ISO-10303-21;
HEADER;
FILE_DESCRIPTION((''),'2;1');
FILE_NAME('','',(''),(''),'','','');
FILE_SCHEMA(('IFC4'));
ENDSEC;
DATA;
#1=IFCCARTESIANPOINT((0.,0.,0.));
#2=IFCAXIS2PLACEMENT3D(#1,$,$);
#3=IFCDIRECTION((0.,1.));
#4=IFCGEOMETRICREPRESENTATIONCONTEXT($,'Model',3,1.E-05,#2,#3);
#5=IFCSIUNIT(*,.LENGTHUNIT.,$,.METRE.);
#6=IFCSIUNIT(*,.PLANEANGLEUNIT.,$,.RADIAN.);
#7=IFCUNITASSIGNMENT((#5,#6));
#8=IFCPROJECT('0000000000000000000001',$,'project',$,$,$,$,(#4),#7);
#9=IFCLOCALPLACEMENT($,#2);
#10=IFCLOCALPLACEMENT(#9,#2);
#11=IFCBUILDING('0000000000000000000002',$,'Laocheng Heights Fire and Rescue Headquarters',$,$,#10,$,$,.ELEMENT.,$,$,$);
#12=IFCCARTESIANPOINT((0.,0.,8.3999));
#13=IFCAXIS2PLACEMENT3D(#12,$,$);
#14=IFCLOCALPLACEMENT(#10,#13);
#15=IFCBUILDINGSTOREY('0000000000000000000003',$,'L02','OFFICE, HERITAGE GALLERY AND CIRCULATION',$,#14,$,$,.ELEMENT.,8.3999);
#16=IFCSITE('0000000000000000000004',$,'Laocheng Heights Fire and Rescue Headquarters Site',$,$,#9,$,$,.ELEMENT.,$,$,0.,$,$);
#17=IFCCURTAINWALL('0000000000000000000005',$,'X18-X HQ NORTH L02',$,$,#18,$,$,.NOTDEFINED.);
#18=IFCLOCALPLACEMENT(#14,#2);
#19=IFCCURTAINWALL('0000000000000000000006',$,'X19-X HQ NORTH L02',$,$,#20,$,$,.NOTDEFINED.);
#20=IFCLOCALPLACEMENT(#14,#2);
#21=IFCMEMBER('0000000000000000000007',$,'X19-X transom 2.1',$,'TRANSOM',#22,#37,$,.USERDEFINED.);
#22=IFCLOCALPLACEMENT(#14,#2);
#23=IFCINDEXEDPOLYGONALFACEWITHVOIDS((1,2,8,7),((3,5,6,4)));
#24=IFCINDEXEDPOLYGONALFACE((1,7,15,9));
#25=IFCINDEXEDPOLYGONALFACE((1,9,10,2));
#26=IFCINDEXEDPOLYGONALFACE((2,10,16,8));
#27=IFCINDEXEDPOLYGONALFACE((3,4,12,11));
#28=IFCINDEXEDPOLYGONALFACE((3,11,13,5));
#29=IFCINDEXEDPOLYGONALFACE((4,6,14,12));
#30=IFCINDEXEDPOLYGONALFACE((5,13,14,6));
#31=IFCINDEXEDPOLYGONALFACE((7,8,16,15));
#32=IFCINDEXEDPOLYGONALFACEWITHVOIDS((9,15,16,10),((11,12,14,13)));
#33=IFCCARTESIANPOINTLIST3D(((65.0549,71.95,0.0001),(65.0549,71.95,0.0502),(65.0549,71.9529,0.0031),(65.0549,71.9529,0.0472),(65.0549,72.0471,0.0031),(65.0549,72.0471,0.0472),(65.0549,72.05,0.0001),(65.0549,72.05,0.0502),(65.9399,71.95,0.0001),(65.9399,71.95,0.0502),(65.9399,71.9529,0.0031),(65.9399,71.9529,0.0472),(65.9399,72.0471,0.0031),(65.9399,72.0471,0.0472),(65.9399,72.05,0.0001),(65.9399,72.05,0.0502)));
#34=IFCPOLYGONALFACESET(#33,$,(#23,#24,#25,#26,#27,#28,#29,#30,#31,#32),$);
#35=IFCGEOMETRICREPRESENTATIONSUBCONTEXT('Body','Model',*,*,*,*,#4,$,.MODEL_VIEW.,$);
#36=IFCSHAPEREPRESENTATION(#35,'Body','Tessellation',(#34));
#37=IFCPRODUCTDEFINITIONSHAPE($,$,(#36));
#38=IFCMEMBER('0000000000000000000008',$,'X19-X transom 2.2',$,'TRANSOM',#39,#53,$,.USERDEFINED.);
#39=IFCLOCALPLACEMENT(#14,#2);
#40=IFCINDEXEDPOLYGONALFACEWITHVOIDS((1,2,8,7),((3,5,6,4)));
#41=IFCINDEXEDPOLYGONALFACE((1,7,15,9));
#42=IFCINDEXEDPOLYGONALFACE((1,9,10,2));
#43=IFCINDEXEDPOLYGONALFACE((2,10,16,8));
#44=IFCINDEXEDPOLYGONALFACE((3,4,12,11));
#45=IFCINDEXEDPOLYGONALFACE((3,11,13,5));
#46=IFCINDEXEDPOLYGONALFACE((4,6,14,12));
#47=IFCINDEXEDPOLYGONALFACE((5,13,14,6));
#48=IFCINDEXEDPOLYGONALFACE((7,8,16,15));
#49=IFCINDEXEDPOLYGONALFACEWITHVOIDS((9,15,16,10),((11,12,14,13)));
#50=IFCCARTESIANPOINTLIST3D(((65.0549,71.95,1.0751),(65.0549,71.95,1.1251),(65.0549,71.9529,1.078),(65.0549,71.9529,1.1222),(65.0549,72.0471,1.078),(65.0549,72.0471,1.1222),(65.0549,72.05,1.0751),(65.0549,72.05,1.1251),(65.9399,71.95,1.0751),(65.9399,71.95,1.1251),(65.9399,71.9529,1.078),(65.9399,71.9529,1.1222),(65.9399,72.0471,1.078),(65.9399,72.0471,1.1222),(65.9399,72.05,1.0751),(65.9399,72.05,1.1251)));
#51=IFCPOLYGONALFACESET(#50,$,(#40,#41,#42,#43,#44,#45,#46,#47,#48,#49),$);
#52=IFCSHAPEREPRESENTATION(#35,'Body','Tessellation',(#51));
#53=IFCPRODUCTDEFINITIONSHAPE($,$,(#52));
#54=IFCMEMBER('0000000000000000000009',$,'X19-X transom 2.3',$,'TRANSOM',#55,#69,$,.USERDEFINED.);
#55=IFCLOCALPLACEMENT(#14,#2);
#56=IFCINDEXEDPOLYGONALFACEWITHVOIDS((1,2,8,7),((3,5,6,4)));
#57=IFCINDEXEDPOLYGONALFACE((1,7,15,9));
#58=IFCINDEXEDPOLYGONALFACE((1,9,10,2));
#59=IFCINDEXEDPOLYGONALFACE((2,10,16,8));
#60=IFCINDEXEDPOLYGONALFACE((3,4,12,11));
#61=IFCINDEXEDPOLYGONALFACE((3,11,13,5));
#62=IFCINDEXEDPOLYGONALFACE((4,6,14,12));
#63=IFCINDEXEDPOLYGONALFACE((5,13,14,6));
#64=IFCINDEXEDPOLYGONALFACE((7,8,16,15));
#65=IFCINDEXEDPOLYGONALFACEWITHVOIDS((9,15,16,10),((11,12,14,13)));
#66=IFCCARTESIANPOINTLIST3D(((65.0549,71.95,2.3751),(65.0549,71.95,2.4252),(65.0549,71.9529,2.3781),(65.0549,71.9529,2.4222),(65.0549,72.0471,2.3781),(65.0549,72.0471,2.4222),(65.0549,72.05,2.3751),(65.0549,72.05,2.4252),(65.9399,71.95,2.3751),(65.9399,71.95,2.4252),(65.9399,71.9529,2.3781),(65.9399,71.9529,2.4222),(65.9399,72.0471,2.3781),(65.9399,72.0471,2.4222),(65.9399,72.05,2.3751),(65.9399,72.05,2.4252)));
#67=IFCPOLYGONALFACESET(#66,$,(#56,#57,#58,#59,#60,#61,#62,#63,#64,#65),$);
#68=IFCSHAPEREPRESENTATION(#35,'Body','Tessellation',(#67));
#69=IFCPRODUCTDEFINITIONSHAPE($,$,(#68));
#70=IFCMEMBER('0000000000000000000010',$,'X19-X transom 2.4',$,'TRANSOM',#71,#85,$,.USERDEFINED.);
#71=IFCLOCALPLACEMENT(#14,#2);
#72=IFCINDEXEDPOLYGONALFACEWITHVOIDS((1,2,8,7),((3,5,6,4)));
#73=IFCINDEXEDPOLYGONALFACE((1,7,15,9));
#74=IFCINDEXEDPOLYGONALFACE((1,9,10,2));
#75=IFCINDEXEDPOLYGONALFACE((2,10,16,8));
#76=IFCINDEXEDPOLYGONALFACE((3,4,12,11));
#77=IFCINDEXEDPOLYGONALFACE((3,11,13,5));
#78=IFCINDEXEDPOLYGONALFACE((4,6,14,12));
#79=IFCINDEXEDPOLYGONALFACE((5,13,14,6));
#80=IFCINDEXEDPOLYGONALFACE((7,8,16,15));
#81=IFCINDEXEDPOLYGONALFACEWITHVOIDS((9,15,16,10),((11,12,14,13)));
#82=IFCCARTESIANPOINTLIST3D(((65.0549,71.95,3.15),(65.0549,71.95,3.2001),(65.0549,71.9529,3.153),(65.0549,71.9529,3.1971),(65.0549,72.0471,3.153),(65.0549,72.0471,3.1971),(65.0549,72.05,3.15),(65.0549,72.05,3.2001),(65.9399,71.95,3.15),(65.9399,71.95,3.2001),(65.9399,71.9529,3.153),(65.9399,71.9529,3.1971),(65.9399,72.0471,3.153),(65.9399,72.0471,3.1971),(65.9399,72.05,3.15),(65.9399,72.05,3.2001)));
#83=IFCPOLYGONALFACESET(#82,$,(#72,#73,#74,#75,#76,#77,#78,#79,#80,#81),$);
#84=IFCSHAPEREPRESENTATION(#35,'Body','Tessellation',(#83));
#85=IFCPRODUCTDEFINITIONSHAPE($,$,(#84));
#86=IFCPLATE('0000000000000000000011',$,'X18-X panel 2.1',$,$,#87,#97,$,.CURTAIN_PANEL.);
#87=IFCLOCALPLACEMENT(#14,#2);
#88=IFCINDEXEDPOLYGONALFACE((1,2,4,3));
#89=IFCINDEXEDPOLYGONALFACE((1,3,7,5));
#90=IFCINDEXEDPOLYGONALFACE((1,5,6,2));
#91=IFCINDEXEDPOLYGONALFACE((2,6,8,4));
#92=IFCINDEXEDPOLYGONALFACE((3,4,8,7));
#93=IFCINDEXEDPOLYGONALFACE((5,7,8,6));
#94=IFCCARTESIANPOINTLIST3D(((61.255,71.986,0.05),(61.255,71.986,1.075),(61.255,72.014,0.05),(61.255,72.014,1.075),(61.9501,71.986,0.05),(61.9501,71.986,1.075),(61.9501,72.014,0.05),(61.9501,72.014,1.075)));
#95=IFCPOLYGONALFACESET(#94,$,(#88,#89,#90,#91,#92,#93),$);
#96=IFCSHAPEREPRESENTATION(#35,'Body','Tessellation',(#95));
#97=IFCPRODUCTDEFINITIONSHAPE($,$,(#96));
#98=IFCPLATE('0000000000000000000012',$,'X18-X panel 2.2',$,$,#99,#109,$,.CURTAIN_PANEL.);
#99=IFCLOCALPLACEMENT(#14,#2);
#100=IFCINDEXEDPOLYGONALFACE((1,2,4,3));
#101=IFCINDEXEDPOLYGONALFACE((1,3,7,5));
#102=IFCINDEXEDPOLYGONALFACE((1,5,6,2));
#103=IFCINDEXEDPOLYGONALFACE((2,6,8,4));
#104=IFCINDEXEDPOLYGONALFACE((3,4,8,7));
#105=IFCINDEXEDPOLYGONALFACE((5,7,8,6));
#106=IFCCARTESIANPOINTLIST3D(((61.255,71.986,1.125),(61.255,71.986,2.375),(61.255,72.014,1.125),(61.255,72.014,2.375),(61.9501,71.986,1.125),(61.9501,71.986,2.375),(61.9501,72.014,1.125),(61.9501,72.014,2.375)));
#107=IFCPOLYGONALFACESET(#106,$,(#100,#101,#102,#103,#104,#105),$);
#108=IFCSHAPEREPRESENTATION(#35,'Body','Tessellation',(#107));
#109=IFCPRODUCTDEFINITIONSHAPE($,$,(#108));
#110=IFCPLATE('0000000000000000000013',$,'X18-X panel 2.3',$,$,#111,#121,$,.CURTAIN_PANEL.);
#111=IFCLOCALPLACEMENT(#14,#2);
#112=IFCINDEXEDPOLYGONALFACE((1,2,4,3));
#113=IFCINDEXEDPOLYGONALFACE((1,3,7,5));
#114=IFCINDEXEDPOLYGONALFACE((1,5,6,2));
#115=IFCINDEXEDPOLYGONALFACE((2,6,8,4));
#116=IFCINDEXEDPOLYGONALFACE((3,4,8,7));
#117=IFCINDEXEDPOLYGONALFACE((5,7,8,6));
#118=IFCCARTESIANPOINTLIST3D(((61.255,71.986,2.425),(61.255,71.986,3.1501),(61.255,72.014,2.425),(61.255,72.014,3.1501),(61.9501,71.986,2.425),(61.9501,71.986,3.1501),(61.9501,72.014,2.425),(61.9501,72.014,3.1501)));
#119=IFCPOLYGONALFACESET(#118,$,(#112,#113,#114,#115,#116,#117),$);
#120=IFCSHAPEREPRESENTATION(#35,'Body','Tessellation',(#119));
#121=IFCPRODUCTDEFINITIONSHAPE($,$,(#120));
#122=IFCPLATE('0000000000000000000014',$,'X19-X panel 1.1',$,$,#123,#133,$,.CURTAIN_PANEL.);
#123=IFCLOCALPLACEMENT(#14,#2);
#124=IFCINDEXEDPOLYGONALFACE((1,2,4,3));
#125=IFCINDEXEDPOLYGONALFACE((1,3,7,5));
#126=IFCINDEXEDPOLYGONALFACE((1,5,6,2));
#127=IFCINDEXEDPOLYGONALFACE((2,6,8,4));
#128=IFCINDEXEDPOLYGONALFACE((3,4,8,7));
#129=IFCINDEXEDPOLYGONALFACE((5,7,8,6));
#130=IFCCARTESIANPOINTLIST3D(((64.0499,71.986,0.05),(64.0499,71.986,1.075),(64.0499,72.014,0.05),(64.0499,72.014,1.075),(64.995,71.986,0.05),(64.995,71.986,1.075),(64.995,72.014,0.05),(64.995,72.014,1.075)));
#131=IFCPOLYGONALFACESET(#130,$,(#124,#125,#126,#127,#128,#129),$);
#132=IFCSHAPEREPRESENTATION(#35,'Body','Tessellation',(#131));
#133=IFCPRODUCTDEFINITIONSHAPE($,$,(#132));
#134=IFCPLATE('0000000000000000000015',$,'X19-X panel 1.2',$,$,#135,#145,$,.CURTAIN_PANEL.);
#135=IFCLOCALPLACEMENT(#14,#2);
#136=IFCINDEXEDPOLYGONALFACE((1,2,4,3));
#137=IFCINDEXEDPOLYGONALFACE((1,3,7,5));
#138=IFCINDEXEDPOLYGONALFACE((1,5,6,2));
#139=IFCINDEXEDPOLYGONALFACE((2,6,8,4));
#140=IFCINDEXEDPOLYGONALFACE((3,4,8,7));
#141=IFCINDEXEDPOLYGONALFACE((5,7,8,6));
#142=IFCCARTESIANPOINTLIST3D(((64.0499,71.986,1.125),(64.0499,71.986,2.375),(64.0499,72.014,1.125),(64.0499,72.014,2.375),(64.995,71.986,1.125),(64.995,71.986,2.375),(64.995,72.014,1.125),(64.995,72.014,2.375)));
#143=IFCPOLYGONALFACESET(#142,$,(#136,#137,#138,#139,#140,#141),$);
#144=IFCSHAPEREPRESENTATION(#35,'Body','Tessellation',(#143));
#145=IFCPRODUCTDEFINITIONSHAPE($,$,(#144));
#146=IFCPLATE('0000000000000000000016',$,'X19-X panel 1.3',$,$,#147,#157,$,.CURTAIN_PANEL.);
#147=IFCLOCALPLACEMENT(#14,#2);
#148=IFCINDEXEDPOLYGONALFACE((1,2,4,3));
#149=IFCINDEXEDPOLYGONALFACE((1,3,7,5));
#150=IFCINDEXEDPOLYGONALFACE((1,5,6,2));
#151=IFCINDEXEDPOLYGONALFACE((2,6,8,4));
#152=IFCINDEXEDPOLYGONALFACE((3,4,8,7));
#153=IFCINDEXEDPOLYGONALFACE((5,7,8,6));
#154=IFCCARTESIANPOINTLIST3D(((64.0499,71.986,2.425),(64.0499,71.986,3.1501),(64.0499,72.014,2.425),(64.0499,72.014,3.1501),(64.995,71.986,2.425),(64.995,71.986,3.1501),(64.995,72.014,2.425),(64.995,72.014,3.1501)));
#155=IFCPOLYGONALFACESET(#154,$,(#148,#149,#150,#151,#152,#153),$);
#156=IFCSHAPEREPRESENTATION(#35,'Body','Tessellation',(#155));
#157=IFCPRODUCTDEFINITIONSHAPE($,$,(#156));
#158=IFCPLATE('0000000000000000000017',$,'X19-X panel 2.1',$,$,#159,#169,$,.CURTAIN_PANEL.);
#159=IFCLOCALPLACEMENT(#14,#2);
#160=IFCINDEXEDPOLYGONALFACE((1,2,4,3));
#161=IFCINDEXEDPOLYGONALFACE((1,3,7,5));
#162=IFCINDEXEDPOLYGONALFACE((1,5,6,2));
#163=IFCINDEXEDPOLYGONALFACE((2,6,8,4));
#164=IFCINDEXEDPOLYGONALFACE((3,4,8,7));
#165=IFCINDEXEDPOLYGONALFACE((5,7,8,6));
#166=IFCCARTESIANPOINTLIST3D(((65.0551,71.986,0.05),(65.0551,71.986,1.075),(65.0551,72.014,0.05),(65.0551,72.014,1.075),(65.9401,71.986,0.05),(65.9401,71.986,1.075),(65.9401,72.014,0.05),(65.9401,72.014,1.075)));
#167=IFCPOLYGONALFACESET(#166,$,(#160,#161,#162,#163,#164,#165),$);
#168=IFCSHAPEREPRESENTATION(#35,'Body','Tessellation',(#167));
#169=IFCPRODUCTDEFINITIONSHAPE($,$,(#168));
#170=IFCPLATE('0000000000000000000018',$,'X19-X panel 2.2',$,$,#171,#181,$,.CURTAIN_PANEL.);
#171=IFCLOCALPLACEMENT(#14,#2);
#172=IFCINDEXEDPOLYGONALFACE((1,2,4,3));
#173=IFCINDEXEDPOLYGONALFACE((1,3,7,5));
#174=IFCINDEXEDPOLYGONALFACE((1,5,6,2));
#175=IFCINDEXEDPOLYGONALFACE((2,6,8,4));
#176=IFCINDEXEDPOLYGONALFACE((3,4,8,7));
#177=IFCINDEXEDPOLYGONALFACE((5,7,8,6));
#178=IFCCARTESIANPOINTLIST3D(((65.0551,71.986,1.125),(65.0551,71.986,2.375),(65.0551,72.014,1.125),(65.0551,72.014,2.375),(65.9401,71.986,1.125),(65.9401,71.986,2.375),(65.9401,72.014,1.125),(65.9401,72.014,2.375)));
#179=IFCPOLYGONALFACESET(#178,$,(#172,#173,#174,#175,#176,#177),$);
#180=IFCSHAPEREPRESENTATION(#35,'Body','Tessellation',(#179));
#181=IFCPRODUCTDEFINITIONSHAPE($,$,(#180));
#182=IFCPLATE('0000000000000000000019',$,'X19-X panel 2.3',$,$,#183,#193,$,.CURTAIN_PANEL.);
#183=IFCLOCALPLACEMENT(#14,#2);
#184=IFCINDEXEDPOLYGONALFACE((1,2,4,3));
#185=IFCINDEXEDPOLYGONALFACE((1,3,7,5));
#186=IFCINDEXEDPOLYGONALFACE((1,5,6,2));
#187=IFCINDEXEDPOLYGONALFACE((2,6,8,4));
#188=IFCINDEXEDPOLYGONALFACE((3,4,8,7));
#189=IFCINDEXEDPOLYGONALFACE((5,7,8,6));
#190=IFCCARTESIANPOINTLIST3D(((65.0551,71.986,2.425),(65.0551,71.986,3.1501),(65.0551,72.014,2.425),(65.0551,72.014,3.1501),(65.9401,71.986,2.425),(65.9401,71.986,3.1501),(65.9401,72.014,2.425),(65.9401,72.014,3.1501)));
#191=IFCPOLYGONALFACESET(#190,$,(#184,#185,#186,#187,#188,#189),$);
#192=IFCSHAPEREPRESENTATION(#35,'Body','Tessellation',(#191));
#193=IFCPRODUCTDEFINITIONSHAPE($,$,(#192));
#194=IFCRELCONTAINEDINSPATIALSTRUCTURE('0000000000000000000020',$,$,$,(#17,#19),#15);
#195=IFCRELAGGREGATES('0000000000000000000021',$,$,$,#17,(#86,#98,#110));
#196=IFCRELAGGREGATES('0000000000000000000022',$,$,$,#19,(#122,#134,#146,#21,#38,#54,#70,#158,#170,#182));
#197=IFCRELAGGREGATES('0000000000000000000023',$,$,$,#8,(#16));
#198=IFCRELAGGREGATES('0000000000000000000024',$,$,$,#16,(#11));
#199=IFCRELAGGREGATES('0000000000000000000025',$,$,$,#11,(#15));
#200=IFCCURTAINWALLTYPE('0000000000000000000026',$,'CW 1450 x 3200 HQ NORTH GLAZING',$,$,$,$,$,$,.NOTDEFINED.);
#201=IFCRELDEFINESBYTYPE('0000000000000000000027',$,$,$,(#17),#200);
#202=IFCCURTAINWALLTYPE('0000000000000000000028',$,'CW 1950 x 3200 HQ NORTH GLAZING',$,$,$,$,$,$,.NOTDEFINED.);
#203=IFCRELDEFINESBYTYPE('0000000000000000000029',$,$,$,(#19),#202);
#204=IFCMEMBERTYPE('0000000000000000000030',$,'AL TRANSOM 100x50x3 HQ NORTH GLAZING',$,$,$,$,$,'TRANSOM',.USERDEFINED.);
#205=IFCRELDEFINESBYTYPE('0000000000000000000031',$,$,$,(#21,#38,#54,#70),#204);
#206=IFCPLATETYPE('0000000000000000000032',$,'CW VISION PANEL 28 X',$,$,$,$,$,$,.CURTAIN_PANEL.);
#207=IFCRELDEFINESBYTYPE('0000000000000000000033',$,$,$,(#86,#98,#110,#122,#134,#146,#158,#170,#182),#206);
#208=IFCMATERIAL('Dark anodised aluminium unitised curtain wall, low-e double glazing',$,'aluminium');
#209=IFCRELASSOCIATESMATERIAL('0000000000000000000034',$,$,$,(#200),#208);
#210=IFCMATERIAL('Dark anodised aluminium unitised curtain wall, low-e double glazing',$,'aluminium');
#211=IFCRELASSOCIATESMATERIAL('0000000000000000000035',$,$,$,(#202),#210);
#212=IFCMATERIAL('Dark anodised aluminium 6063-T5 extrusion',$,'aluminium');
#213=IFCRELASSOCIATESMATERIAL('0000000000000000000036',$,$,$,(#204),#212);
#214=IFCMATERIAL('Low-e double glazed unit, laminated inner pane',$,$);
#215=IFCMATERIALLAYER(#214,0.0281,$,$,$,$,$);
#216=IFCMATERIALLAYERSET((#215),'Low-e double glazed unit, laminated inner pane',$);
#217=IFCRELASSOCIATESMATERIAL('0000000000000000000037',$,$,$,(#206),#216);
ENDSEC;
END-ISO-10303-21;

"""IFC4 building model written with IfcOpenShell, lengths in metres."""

from ifc_helpers import new_model, si_unit, direction, frame, origin, origin_2d, place, context, subcontext, project, spatial, rectangle, hollow_rectangle, extrude, material, layer, layer_set, material_profile, profile_set, type_object, element, aggregate, save


model = new_model("IFC4")

# Units and contexts
model_context = context("Model", 3, precision=1e-05, world=origin(), true_north=direction((0.0, 1.0)))
body_context = subcontext(model_context, "Body", "Model", "MODEL_VIEW")
ifc_project = project(units=[si_unit("LENGTHUNIT", "METRE"), si_unit("PLANEANGLEUNIT", "RADIAN")], contexts=[model_context])

# Site, building, storey
site_placement = place(None, origin())
site = spatial("IfcSite", under=ifc_project, at=site_placement, Name="Laocheng Heights Fire and Rescue Headquarters Site", CompositionType="ELEMENT", RefElevation=0.0)
building_placement = place(site_placement, origin())
building = spatial("IfcBuilding", under=site, at=building_placement, Name="Laocheng Heights Fire and Rescue Headquarters", CompositionType="ELEMENT")
storey_placement = place(building_placement, frame((0.0, 0.0, 8.3999)))
storey = spatial("IfcBuildingStorey", under=building, at=storey_placement, Name="L02", Description="OFFICE, HERITAGE GALLERY AND CIRCULATION", CompositionType="ELEMENT", Elevation=8.3999)

# Curtain wall
ifc_material_1 = material(Name="Dark anodised aluminium unitised curtain wall, low-e double glazing", Category="aluminium")
curtain_wall_type_1 = type_object("IfcCurtainWallType", Name="CW 1450 x 3200 HQ NORTH GLAZING", PredefinedType="NOTDEFINED", material=ifc_material_1)
curtain_wall_1_placement = place(storey_placement, origin())
curtain_wall_1 = element("IfcCurtainWall", 1, at=curtain_wall_1_placement, inside=storey, type_object=curtain_wall_type_1, Name="X18-X HQ NORTH L02", PredefinedType="NOTDEFINED")

# Curtain wall
ifc_material_2 = material(Name="Dark anodised aluminium unitised curtain wall, low-e double glazing", Category="aluminium")
curtain_wall_type_2 = type_object("IfcCurtainWallType", Name="CW 1950 x 3200 HQ NORTH GLAZING", PredefinedType="NOTDEFINED", material=ifc_material_2)
curtain_wall_2_placement = place(storey_placement, origin())
curtain_wall_2 = element("IfcCurtainWall", 2, at=curtain_wall_2_placement, inside=storey, type_object=curtain_wall_type_2, Name="X19-X HQ NORTH L02", PredefinedType="NOTDEFINED")

# Members
ifc_material_3 = material(Name="Dark anodised aluminium 6063-T5 extrusion", Category="aluminium")
ifc_material_profile_1 = material_profile(ifc_material_3, hollow_rectangle(XDim=0.1001, YDim=0.05, WallThickness=0.0029, at=origin_2d()), Name="AL TRANSOM 100x50x3 HQ NORTH GLAZING")
ifc_profile_set_1 = profile_set([ifc_material_profile_1], Name="Dark anodised aluminium 6063-T5 extrusion")
member_type_1 = type_object("IfcMemberType", Name="AL TRANSOM 100x50x3 HQ NORTH GLAZING", ElementType="TRANSOM", PredefinedType="USERDEFINED", material=ifc_profile_set_1)
member_1_placement = place(storey_placement, frame((65.0549, 72.0, 0.0251), z_axis=(1.0, 0.0, 0.0), x_axis=(0.0, 1.0, 0.0)))
member_1 = element("IfcMember", 3, at=member_1_placement, type_object=member_type_1, Name="X19-X transom 2.1", ObjectType="TRANSOM", PredefinedType="USERDEFINED", context=body_context, shape_type="SweptSolid", body=[
    extrude(hollow_rectangle(XDim=0.1001, YDim=0.05, WallThickness=0.0029, at=origin_2d()), origin(), (0.0, 0.0, 1.0), 0.885),
])
member_2_placement = place(storey_placement, frame((65.0549, 72.0, 1.1001), z_axis=(1.0, 0.0, 0.0), x_axis=(0.0, 1.0, 0.0)))
member_2 = element("IfcMember", 4, at=member_2_placement, type_object=member_type_1, Name="X19-X transom 2.2", ObjectType="TRANSOM", PredefinedType="USERDEFINED", context=body_context, shape_type="SweptSolid", body=[
    extrude(hollow_rectangle(XDim=0.1001, YDim=0.05, WallThickness=0.0029, at=origin_2d()), origin(), (0.0, 0.0, 1.0), 0.885),
])
member_3_placement = place(storey_placement, frame((65.0549, 72.0, 2.4001), z_axis=(1.0, 0.0, 0.0), x_axis=(0.0, 1.0, 0.0)))
member_3 = element("IfcMember", 5, at=member_3_placement, type_object=member_type_1, Name="X19-X transom 2.3", ObjectType="TRANSOM", PredefinedType="USERDEFINED", context=body_context, shape_type="SweptSolid", body=[
    extrude(hollow_rectangle(XDim=0.1001, YDim=0.05, WallThickness=0.0029, at=origin_2d()), origin(), (0.0, 0.0, 1.0), 0.885),
])
member_4_placement = place(storey_placement, frame((65.0549, 72.0, 3.175), z_axis=(1.0, 0.0, 0.0), x_axis=(0.0, 1.0, 0.0)))
member_4 = element("IfcMember", 6, at=member_4_placement, type_object=member_type_1, Name="X19-X transom 2.4", ObjectType="TRANSOM", PredefinedType="USERDEFINED", context=body_context, shape_type="SweptSolid", body=[
    extrude(hollow_rectangle(XDim=0.1001, YDim=0.05, WallThickness=0.0029, at=origin_2d()), origin(), (0.0, 0.0, 1.0), 0.885),
])

# Plates
ifc_material_4 = material(Name="Low-e double glazed unit, laminated inner pane")
ifc_layer_1 = layer(ifc_material_4, 0.0281)
ifc_layer_set_1 = layer_set([ifc_layer_1], Name="Low-e double glazed unit, laminated inner pane")
plate_type = type_object("IfcPlateType", Name="CW VISION PANEL 28 X", PredefinedType="CURTAIN_PANEL", material=ifc_layer_set_1)
plate_1_placement = place(storey_placement, frame((61.6025, 72.0, 0.05), z_axis=(0.0, 0.0, 1.0), x_axis=(1.0, 0.0, 0.0)))
plate_1 = element("IfcPlate", 7, at=plate_1_placement, type_object=plate_type, Name="X18-X panel 2.1", PredefinedType="CURTAIN_PANEL", context=body_context, shape_type="SweptSolid", body=[
    extrude(rectangle(XDim=0.6951, YDim=0.0281, at=origin_2d()), origin(), (0.0, 0.0, 1.0), 1.0249),
])
plate_2_placement = place(storey_placement, frame((61.6025, 72.0, 1.125), z_axis=(0.0, 0.0, 1.0), x_axis=(1.0, 0.0, 0.0)))
plate_2 = element("IfcPlate", 8, at=plate_2_placement, type_object=plate_type, Name="X18-X panel 2.2", PredefinedType="CURTAIN_PANEL", context=body_context, shape_type="SweptSolid", body=[
    extrude(rectangle(XDim=0.6951, YDim=0.0281, at=origin_2d()), origin(), (0.0, 0.0, 1.0), 1.25),
])
plate_3_placement = place(storey_placement, frame((61.6025, 72.0, 2.425), z_axis=(0.0, 0.0, 1.0), x_axis=(1.0, 0.0, 0.0)))
plate_3 = element("IfcPlate", 9, at=plate_3_placement, type_object=plate_type, Name="X18-X panel 2.3", PredefinedType="CURTAIN_PANEL", context=body_context, shape_type="SweptSolid", body=[
    extrude(rectangle(XDim=0.6951, YDim=0.0281, at=origin_2d()), origin(), (0.0, 0.0, 1.0), 0.7251),
])
aggregate(curtain_wall_1, [plate_1, plate_2, plate_3])
plate_4_placement = place(storey_placement, frame((64.5225, 72.0, 0.05), z_axis=(0.0, 0.0, 1.0), x_axis=(1.0, 0.0, 0.0)))
plate_4 = element("IfcPlate", 10, at=plate_4_placement, type_object=plate_type, Name="X19-X panel 1.1", PredefinedType="CURTAIN_PANEL", context=body_context, shape_type="SweptSolid", body=[
    extrude(rectangle(XDim=0.9451, YDim=0.0281, at=origin_2d()), origin(), (0.0, 0.0, 1.0), 1.0249),
])
plate_5_placement = place(storey_placement, frame((64.5225, 72.0, 1.125), z_axis=(0.0, 0.0, 1.0), x_axis=(1.0, 0.0, 0.0)))
plate_5 = element("IfcPlate", 11, at=plate_5_placement, type_object=plate_type, Name="X19-X panel 1.2", PredefinedType="CURTAIN_PANEL", context=body_context, shape_type="SweptSolid", body=[
    extrude(rectangle(XDim=0.9451, YDim=0.0281, at=origin_2d()), origin(), (0.0, 0.0, 1.0), 1.25),
])
plate_6_placement = place(storey_placement, frame((64.5225, 72.0, 2.425), z_axis=(0.0, 0.0, 1.0), x_axis=(1.0, 0.0, 0.0)))
plate_6 = element("IfcPlate", 12, at=plate_6_placement, type_object=plate_type, Name="X19-X panel 1.3", PredefinedType="CURTAIN_PANEL", context=body_context, shape_type="SweptSolid", body=[
    extrude(rectangle(XDim=0.9451, YDim=0.0281, at=origin_2d()), origin(), (0.0, 0.0, 1.0), 0.7251),
])
plate_7_placement = place(storey_placement, frame((65.4976, 72.0, 0.05), z_axis=(0.0, 0.0, 1.0), x_axis=(1.0, 0.0, 0.0)))
plate_7 = element("IfcPlate", 13, at=plate_7_placement, type_object=plate_type, Name="X19-X panel 2.1", PredefinedType="CURTAIN_PANEL", context=body_context, shape_type="SweptSolid", body=[
    extrude(rectangle(XDim=0.885, YDim=0.0281, at=origin_2d()), origin(), (0.0, 0.0, 1.0), 1.0249),
])
plate_8_placement = place(storey_placement, frame((65.4976, 72.0, 1.125), z_axis=(0.0, 0.0, 1.0), x_axis=(1.0, 0.0, 0.0)))
plate_8 = element("IfcPlate", 14, at=plate_8_placement, type_object=plate_type, Name="X19-X panel 2.2", PredefinedType="CURTAIN_PANEL", context=body_context, shape_type="SweptSolid", body=[
    extrude(rectangle(XDim=0.885, YDim=0.0281, at=origin_2d()), origin(), (0.0, 0.0, 1.0), 1.25),
])
plate_9_placement = place(storey_placement, frame((65.4976, 72.0, 2.425), z_axis=(0.0, 0.0, 1.0), x_axis=(1.0, 0.0, 0.0)))
plate_9 = element("IfcPlate", 15, at=plate_9_placement, type_object=plate_type, Name="X19-X panel 2.3", PredefinedType="CURTAIN_PANEL", context=body_context, shape_type="SweptSolid", body=[
    extrude(rectangle(XDim=0.885, YDim=0.0281, at=origin_2d()), origin(), (0.0, 0.0, 1.0), 0.7251),
])
aggregate(curtain_wall_2, [plate_4, plate_5, plate_6, member_1, member_2, member_3, member_4, plate_7, plate_8, plate_9])

save(model, "model.ifc")
